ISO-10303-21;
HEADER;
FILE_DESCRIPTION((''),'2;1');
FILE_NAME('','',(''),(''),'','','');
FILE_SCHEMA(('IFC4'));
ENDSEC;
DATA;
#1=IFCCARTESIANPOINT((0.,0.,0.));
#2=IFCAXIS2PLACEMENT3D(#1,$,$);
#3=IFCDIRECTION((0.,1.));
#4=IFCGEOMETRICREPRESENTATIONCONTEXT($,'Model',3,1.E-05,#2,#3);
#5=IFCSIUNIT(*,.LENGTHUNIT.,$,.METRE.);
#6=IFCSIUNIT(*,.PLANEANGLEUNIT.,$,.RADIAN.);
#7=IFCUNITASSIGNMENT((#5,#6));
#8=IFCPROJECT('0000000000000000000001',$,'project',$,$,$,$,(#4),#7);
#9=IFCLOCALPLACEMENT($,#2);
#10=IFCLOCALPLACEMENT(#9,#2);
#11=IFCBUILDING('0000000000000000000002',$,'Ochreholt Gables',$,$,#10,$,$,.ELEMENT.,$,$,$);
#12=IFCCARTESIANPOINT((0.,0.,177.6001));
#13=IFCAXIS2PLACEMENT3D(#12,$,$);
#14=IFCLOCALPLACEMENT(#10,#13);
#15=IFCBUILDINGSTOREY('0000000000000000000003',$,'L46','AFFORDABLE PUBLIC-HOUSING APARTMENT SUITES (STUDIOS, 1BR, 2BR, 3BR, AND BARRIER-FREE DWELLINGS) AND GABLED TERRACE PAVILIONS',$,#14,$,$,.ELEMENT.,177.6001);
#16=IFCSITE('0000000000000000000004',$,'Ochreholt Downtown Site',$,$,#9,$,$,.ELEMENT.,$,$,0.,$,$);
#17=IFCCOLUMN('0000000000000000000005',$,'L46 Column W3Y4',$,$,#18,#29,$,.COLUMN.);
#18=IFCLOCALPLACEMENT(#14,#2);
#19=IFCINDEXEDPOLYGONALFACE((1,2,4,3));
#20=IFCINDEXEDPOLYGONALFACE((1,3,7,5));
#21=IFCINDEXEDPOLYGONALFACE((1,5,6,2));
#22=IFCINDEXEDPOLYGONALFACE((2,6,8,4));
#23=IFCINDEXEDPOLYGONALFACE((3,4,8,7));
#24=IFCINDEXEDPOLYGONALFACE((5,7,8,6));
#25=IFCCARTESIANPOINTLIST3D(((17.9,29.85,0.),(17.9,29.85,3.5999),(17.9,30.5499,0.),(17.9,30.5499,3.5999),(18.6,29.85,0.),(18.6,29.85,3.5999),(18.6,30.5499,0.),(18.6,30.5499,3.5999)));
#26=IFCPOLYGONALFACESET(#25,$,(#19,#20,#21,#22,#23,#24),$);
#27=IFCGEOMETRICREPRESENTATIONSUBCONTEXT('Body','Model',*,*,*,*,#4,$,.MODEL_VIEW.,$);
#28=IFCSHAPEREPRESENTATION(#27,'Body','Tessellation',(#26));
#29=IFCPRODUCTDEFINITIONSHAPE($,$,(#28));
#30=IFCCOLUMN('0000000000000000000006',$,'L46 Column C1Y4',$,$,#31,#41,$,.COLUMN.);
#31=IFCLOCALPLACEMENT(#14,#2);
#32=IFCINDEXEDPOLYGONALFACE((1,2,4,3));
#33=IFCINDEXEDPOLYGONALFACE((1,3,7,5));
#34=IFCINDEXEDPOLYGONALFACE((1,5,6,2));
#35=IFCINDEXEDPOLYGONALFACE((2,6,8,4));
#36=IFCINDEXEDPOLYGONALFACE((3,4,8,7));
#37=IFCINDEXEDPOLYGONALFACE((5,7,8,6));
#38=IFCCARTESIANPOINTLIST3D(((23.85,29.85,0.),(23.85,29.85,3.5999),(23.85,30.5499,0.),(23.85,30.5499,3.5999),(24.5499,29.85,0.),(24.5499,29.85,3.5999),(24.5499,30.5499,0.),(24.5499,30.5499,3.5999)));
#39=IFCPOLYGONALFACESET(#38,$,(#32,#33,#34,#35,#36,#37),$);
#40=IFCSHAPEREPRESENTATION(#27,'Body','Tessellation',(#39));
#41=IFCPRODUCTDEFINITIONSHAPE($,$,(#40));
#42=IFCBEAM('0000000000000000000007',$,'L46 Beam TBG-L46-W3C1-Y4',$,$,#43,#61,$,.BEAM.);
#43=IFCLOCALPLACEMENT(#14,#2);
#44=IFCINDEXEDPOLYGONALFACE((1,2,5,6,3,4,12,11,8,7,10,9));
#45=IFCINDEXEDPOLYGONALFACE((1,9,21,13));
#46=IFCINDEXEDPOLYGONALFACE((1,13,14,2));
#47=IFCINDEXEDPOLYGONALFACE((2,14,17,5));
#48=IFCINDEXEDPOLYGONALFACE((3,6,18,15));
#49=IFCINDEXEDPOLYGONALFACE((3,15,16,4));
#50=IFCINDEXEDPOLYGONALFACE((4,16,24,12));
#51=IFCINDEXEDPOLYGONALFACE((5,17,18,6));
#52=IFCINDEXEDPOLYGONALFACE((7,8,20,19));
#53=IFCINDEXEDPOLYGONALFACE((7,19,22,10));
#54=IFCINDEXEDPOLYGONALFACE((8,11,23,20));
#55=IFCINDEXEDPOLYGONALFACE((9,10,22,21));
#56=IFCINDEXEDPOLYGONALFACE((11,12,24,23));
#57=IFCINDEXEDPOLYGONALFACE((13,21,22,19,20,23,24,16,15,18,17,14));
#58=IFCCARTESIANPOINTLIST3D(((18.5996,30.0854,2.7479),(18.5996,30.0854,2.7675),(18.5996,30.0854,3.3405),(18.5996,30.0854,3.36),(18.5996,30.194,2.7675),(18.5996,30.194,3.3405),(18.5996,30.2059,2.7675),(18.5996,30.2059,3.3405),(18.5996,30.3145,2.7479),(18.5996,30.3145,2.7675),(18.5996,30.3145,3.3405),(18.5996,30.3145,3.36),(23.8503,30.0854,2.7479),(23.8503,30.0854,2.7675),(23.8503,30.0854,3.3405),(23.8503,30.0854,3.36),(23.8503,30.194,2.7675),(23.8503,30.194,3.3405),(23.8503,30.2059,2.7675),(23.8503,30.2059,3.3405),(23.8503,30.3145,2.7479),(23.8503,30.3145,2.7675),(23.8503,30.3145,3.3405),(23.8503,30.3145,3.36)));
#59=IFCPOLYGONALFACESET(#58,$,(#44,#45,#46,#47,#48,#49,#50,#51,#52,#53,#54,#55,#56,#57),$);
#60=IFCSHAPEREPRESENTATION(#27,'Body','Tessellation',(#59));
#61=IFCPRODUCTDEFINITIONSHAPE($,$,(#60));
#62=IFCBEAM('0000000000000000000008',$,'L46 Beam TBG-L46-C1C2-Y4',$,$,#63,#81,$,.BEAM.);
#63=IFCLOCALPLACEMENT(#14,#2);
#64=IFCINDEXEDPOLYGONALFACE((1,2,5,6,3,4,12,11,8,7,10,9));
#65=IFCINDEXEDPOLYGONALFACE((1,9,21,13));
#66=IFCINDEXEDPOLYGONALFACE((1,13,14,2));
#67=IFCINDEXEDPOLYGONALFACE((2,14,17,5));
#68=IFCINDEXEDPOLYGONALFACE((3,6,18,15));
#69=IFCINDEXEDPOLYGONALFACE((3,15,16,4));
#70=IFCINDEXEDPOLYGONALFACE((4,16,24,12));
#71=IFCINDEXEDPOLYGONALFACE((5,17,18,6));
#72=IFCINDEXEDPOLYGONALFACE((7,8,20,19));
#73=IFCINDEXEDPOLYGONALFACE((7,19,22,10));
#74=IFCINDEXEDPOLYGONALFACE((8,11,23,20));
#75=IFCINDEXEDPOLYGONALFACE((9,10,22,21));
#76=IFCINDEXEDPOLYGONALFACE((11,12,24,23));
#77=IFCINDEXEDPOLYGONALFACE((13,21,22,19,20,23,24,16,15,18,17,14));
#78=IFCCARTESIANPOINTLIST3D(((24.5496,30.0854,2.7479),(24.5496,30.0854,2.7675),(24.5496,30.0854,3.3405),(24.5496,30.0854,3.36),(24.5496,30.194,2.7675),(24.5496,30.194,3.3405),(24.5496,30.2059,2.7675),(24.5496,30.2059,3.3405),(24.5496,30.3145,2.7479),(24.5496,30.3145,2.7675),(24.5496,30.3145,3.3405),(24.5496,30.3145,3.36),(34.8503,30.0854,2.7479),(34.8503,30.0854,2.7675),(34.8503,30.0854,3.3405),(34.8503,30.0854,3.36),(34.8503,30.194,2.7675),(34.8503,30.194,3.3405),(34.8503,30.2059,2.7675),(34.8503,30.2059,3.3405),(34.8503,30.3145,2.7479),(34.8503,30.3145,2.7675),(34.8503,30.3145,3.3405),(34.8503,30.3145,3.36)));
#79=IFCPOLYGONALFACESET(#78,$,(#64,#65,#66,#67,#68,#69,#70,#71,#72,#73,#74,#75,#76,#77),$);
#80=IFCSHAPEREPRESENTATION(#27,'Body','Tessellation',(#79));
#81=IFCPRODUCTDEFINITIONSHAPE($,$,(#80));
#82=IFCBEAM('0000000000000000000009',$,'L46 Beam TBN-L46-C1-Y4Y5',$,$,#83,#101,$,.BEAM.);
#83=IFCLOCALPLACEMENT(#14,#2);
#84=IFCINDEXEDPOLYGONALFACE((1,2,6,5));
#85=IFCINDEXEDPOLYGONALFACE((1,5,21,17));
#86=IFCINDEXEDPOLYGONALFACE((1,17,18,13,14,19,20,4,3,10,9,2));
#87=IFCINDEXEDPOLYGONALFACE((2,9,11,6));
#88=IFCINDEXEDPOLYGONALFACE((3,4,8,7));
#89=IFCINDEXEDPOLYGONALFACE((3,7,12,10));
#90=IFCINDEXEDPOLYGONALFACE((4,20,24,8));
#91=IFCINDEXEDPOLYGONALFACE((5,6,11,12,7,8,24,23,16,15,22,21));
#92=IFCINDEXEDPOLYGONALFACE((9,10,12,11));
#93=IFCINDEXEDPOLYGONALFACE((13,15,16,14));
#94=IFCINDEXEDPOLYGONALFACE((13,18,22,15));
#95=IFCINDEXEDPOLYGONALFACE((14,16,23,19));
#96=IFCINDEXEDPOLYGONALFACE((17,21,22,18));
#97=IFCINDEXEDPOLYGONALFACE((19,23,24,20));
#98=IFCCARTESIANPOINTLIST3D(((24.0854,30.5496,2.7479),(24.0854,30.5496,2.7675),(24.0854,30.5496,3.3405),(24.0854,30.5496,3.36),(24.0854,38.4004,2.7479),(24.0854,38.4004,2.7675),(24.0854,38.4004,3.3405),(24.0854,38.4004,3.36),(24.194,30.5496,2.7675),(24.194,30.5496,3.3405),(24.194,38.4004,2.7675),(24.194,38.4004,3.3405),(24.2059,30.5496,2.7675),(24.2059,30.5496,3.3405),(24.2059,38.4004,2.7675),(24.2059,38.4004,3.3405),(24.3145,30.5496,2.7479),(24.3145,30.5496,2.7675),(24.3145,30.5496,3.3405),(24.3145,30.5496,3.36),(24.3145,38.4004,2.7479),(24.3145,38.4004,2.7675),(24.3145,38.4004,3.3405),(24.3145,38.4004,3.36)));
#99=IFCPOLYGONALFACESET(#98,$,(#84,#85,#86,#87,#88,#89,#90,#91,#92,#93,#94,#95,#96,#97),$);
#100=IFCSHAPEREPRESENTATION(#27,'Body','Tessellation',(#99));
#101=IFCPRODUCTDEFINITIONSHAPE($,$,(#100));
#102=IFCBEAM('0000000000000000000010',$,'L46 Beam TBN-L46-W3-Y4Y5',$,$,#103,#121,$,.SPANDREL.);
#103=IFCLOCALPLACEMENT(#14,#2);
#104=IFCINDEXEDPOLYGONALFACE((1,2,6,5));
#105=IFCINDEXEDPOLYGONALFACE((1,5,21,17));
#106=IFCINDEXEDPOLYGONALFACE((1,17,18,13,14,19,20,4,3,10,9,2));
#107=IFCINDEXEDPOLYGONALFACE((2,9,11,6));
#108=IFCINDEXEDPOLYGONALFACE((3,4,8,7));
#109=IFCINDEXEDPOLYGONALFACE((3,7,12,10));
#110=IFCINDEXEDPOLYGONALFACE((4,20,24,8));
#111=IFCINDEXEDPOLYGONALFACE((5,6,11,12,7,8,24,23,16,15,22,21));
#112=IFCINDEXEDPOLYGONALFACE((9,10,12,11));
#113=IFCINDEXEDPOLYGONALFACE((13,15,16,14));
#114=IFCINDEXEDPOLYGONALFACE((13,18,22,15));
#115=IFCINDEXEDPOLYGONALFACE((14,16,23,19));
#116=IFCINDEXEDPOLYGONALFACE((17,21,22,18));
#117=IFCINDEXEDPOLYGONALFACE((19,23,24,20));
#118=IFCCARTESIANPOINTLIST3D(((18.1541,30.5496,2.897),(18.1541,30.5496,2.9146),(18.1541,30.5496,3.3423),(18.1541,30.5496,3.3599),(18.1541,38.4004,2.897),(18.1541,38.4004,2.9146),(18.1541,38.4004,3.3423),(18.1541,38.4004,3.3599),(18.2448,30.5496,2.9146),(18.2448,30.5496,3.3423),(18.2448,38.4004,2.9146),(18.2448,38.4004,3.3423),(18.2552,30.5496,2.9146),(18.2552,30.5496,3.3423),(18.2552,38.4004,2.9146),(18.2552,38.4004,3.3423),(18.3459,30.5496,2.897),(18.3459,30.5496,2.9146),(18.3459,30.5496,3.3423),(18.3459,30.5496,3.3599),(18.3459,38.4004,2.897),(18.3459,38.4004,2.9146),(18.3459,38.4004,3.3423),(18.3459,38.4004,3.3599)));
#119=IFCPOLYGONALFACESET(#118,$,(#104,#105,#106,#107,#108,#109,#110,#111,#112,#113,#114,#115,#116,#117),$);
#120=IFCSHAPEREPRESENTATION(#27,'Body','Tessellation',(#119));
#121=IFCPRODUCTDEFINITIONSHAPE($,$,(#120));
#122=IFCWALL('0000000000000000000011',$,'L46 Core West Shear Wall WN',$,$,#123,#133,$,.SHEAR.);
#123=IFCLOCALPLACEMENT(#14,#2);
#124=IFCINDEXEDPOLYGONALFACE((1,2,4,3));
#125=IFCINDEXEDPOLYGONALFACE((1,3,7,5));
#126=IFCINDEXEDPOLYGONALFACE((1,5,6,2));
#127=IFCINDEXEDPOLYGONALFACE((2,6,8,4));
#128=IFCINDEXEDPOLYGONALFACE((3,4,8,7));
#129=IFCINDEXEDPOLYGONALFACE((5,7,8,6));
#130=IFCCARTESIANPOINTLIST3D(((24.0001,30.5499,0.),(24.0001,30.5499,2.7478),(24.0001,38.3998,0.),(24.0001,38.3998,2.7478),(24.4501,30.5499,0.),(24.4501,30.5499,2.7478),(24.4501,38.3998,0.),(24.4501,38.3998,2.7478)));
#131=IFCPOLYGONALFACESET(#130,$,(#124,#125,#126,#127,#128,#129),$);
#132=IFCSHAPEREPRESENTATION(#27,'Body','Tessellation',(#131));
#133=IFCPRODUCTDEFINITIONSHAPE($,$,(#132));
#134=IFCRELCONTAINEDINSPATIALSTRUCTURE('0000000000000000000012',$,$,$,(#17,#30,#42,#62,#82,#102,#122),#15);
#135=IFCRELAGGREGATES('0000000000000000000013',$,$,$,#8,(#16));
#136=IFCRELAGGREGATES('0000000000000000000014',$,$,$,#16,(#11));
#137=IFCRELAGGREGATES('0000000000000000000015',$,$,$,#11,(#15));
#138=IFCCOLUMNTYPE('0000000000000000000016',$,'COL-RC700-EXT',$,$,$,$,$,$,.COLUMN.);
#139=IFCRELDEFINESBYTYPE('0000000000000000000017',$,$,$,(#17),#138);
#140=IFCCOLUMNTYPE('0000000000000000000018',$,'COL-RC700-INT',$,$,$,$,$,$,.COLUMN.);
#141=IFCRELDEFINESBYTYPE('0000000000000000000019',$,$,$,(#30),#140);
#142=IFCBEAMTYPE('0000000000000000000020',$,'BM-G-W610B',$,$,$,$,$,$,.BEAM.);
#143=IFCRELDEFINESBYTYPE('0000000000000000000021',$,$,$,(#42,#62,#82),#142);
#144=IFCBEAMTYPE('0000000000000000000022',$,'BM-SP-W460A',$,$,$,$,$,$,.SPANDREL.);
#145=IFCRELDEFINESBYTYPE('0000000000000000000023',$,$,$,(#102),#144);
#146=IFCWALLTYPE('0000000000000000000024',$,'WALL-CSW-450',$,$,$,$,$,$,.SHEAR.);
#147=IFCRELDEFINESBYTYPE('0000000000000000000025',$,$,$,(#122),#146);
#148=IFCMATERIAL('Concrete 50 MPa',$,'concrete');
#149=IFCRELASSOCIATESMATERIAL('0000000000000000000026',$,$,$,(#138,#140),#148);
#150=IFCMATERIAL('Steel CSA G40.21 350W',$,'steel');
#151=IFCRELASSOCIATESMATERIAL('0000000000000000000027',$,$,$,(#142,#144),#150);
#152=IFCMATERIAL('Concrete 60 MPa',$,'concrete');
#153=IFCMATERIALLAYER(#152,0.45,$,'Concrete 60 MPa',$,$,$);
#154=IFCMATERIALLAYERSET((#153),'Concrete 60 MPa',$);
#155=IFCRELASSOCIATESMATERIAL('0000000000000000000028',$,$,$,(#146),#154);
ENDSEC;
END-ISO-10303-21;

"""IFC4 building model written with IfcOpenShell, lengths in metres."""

from ifc_helpers import new_model, si_unit, direction, frame, frame_2d, origin, origin_2d, place, context, subcontext, project, spatial, rectangle, i_section, extrude, material, layer, layer_set, material_profile, profile_set, type_object, element, save


model = new_model("IFC4")

# Units and contexts
model_context = context("Model", 3, precision=1e-05, world=origin(), true_north=direction((0.0, 1.0)))
body_context = subcontext(model_context, "Body", "Model", "MODEL_VIEW")
ifc_project = project(units=[si_unit("LENGTHUNIT", "METRE"), si_unit("PLANEANGLEUNIT", "RADIAN")], contexts=[model_context])

# Site, building, storey
site_placement = place(None, origin())
site = spatial("IfcSite", under=ifc_project, at=site_placement, Name="Ochreholt Downtown Site", CompositionType="ELEMENT", RefElevation=0.0)
building_placement = place(site_placement, origin())
building = spatial("IfcBuilding", under=site, at=building_placement, Name="Ochreholt Gables", CompositionType="ELEMENT")
storey_placement = place(building_placement, frame((0.0, 0.0, 177.6001)))
storey = spatial("IfcBuildingStorey", under=building, at=storey_placement, Name="L46", Description="AFFORDABLE PUBLIC-HOUSING APARTMENT SUITES (STUDIOS, 1BR, 2BR, 3BR, AND BARRIER-FREE DWELLINGS) AND GABLED TERRACE PAVILIONS", CompositionType="ELEMENT", Elevation=177.6001)

# Columns
ifc_material_1 = material(Name="Concrete 50 MPa", Category="concrete")
ifc_material_profile_1 = material_profile(ifc_material_1, rectangle(XDim=0.7, YDim=0.7, at=origin_2d()), Name="RC700X700")
ifc_profile_set_1 = profile_set([ifc_material_profile_1], Name="Concrete 50 MPa")
column_type_1 = type_object("IfcColumnType", Name="COL-RC700-EXT", PredefinedType="COLUMN", material=ifc_profile_set_1)
column_1_placement = place(storey_placement, frame((18.25, 30.2, 0.0), z_axis=(0.0, 0.0, 1.0), x_axis=(1.0, 0.0, 0.0)))
element("IfcColumn", 1, at=column_1_placement, inside=storey, type_object=column_type_1, Name="L46 Column W3Y4", PredefinedType="COLUMN", context=body_context, shape_type="SweptSolid", body=[
    extrude(rectangle(XDim=0.7, YDim=0.7, at=origin_2d()), origin(), (0.0, 0.0, 1.0), 3.5999),
])
ifc_material_profile_2 = material_profile(ifc_material_1, rectangle(XDim=0.7, YDim=0.7, at=origin_2d()), Name="RC700X700")
ifc_profile_set_2 = profile_set([ifc_material_profile_2], Name="Concrete 50 MPa")
column_type_2 = type_object("IfcColumnType", Name="COL-RC700-INT", PredefinedType="COLUMN", material=ifc_profile_set_2)
column_2_placement = place(storey_placement, frame((24.2, 30.2, 0.0), z_axis=(0.0, 0.0, 1.0), x_axis=(1.0, 0.0, 0.0)))
element("IfcColumn", 2, at=column_2_placement, inside=storey, type_object=column_type_2, Name="L46 Column C1Y4", PredefinedType="COLUMN", context=body_context, shape_type="SweptSolid", body=[
    extrude(rectangle(XDim=0.7, YDim=0.7, at=origin_2d()), origin(), (0.0, 0.0, 1.0), 3.5999),
])

# Beams
ifc_material_2 = material(Name="Steel CSA G40.21 350W", Category="steel")
ifc_material_profile_3 = material_profile(ifc_material_2, i_section(OverallWidth=0.229, OverallDepth=0.6121, WebThickness=0.012, FlangeThickness=0.0195, at=origin_2d()), Name="W610X125")
ifc_profile_set_3 = profile_set([ifc_material_profile_3], Name="Steel CSA G40.21 350W")
beam_type_1 = type_object("IfcBeamType", Name="BM-G-W610B", PredefinedType="BEAM", material=ifc_profile_set_3)
beam_1_placement = place(storey_placement, frame((18.5996, 30.2, 3.054), z_axis=(1.0, 0.0, 0.0), x_axis=(0.0, 1.0, 0.0)))
element("IfcBeam", 3, at=beam_1_placement, inside=storey, type_object=beam_type_1, Name="L46 Beam TBG-L46-W3C1-Y4", PredefinedType="BEAM", context=body_context, shape_type="SweptSolid", body=[
    extrude(i_section(OverallWidth=0.229, OverallDepth=0.6121, WebThickness=0.012, FlangeThickness=0.0195, at=origin_2d()), origin(), (0.0, 0.0, 1.0), 5.2507),
])
beam_2_placement = place(storey_placement, frame((24.5496, 30.2, 3.054), z_axis=(1.0, 0.0, 0.0), x_axis=(0.0, 1.0, 0.0)))
element("IfcBeam", 4, at=beam_2_placement, inside=storey, type_object=beam_type_1, Name="L46 Beam TBG-L46-C1C2-Y4", PredefinedType="BEAM", context=body_context, shape_type="SweptSolid", body=[
    extrude(i_section(OverallWidth=0.229, OverallDepth=0.6121, WebThickness=0.012, FlangeThickness=0.0195, at=origin_2d()), origin(), (0.0, 0.0, 1.0), 10.3008),
])
beam_3_placement = place(storey_placement, frame((24.2, 30.5496, 3.054), z_axis=(0.0, 1.0, 0.0), x_axis=(-1.0, 0.0, 0.0)))
element("IfcBeam", 5, at=beam_3_placement, inside=storey, type_object=beam_type_1, Name="L46 Beam TBN-L46-C1-Y4Y5", PredefinedType="BEAM", context=body_context, shape_type="SweptSolid", body=[
    extrude(i_section(OverallWidth=0.229, OverallDepth=0.6121, WebThickness=0.012, FlangeThickness=0.0195, at=origin_2d()), origin(), (0.0, 0.0, 1.0), 7.8508),
])
ifc_material_profile_4 = material_profile(ifc_material_2, i_section(OverallWidth=0.1919, OverallDepth=0.4629, WebThickness=0.0105, FlangeThickness=0.0176, at=origin_2d()), Name="W460X89")
ifc_profile_set_4 = profile_set([ifc_material_profile_4], Name="Steel CSA G40.21 350W")
beam_type_2 = type_object("IfcBeamType", Name="BM-SP-W460A", PredefinedType="SPANDREL", material=ifc_profile_set_4)
beam_4_placement = place(storey_placement, frame((18.25, 30.5496, 3.1284), z_axis=(0.0, 1.0, 0.0), x_axis=(-1.0, 0.0, 0.0)))
element("IfcBeam", 6, at=beam_4_placement, inside=storey, type_object=beam_type_2, Name="L46 Beam TBN-L46-W3-Y4Y5", PredefinedType="SPANDREL", context=body_context, shape_type="SweptSolid", body=[
    extrude(i_section(OverallWidth=0.1919, OverallDepth=0.4629, WebThickness=0.0105, FlangeThickness=0.0176, at=origin_2d()), origin(), (0.0, 0.0, 1.0), 7.8508),
])

# Wall
ifc_material_3 = material(Name="Concrete 60 MPa", Category="concrete")
ifc_layer_1 = layer(ifc_material_3, 0.45, Name="Concrete 60 MPa")
ifc_layer_set_1 = layer_set([ifc_layer_1], Name="Concrete 60 MPa")
wall_type_1 = type_object("IfcWallType", Name="WALL-CSW-450", PredefinedType="SHEAR", material=ifc_layer_set_1)
wall_1_placement = place(storey_placement, frame((24.2251, 30.55, 0.0), z_axis=(0.0, 0.0, 1.0), x_axis=(0.0, 1.0, 0.0)))
element("IfcWall", 7, at=wall_1_placement, inside=storey, type_object=wall_type_1, Name="L46 Core West Shear Wall WN", PredefinedType="SHEAR", context=body_context, shape_type="SweptSolid", body=[
    extrude(rectangle(XDim=7.8499, YDim=0.45, at=frame_2d((3.9248, 0.0))), origin(), (0.0, 0.0, 1.0), 2.7478),
])

save(model, "model.ifc")
